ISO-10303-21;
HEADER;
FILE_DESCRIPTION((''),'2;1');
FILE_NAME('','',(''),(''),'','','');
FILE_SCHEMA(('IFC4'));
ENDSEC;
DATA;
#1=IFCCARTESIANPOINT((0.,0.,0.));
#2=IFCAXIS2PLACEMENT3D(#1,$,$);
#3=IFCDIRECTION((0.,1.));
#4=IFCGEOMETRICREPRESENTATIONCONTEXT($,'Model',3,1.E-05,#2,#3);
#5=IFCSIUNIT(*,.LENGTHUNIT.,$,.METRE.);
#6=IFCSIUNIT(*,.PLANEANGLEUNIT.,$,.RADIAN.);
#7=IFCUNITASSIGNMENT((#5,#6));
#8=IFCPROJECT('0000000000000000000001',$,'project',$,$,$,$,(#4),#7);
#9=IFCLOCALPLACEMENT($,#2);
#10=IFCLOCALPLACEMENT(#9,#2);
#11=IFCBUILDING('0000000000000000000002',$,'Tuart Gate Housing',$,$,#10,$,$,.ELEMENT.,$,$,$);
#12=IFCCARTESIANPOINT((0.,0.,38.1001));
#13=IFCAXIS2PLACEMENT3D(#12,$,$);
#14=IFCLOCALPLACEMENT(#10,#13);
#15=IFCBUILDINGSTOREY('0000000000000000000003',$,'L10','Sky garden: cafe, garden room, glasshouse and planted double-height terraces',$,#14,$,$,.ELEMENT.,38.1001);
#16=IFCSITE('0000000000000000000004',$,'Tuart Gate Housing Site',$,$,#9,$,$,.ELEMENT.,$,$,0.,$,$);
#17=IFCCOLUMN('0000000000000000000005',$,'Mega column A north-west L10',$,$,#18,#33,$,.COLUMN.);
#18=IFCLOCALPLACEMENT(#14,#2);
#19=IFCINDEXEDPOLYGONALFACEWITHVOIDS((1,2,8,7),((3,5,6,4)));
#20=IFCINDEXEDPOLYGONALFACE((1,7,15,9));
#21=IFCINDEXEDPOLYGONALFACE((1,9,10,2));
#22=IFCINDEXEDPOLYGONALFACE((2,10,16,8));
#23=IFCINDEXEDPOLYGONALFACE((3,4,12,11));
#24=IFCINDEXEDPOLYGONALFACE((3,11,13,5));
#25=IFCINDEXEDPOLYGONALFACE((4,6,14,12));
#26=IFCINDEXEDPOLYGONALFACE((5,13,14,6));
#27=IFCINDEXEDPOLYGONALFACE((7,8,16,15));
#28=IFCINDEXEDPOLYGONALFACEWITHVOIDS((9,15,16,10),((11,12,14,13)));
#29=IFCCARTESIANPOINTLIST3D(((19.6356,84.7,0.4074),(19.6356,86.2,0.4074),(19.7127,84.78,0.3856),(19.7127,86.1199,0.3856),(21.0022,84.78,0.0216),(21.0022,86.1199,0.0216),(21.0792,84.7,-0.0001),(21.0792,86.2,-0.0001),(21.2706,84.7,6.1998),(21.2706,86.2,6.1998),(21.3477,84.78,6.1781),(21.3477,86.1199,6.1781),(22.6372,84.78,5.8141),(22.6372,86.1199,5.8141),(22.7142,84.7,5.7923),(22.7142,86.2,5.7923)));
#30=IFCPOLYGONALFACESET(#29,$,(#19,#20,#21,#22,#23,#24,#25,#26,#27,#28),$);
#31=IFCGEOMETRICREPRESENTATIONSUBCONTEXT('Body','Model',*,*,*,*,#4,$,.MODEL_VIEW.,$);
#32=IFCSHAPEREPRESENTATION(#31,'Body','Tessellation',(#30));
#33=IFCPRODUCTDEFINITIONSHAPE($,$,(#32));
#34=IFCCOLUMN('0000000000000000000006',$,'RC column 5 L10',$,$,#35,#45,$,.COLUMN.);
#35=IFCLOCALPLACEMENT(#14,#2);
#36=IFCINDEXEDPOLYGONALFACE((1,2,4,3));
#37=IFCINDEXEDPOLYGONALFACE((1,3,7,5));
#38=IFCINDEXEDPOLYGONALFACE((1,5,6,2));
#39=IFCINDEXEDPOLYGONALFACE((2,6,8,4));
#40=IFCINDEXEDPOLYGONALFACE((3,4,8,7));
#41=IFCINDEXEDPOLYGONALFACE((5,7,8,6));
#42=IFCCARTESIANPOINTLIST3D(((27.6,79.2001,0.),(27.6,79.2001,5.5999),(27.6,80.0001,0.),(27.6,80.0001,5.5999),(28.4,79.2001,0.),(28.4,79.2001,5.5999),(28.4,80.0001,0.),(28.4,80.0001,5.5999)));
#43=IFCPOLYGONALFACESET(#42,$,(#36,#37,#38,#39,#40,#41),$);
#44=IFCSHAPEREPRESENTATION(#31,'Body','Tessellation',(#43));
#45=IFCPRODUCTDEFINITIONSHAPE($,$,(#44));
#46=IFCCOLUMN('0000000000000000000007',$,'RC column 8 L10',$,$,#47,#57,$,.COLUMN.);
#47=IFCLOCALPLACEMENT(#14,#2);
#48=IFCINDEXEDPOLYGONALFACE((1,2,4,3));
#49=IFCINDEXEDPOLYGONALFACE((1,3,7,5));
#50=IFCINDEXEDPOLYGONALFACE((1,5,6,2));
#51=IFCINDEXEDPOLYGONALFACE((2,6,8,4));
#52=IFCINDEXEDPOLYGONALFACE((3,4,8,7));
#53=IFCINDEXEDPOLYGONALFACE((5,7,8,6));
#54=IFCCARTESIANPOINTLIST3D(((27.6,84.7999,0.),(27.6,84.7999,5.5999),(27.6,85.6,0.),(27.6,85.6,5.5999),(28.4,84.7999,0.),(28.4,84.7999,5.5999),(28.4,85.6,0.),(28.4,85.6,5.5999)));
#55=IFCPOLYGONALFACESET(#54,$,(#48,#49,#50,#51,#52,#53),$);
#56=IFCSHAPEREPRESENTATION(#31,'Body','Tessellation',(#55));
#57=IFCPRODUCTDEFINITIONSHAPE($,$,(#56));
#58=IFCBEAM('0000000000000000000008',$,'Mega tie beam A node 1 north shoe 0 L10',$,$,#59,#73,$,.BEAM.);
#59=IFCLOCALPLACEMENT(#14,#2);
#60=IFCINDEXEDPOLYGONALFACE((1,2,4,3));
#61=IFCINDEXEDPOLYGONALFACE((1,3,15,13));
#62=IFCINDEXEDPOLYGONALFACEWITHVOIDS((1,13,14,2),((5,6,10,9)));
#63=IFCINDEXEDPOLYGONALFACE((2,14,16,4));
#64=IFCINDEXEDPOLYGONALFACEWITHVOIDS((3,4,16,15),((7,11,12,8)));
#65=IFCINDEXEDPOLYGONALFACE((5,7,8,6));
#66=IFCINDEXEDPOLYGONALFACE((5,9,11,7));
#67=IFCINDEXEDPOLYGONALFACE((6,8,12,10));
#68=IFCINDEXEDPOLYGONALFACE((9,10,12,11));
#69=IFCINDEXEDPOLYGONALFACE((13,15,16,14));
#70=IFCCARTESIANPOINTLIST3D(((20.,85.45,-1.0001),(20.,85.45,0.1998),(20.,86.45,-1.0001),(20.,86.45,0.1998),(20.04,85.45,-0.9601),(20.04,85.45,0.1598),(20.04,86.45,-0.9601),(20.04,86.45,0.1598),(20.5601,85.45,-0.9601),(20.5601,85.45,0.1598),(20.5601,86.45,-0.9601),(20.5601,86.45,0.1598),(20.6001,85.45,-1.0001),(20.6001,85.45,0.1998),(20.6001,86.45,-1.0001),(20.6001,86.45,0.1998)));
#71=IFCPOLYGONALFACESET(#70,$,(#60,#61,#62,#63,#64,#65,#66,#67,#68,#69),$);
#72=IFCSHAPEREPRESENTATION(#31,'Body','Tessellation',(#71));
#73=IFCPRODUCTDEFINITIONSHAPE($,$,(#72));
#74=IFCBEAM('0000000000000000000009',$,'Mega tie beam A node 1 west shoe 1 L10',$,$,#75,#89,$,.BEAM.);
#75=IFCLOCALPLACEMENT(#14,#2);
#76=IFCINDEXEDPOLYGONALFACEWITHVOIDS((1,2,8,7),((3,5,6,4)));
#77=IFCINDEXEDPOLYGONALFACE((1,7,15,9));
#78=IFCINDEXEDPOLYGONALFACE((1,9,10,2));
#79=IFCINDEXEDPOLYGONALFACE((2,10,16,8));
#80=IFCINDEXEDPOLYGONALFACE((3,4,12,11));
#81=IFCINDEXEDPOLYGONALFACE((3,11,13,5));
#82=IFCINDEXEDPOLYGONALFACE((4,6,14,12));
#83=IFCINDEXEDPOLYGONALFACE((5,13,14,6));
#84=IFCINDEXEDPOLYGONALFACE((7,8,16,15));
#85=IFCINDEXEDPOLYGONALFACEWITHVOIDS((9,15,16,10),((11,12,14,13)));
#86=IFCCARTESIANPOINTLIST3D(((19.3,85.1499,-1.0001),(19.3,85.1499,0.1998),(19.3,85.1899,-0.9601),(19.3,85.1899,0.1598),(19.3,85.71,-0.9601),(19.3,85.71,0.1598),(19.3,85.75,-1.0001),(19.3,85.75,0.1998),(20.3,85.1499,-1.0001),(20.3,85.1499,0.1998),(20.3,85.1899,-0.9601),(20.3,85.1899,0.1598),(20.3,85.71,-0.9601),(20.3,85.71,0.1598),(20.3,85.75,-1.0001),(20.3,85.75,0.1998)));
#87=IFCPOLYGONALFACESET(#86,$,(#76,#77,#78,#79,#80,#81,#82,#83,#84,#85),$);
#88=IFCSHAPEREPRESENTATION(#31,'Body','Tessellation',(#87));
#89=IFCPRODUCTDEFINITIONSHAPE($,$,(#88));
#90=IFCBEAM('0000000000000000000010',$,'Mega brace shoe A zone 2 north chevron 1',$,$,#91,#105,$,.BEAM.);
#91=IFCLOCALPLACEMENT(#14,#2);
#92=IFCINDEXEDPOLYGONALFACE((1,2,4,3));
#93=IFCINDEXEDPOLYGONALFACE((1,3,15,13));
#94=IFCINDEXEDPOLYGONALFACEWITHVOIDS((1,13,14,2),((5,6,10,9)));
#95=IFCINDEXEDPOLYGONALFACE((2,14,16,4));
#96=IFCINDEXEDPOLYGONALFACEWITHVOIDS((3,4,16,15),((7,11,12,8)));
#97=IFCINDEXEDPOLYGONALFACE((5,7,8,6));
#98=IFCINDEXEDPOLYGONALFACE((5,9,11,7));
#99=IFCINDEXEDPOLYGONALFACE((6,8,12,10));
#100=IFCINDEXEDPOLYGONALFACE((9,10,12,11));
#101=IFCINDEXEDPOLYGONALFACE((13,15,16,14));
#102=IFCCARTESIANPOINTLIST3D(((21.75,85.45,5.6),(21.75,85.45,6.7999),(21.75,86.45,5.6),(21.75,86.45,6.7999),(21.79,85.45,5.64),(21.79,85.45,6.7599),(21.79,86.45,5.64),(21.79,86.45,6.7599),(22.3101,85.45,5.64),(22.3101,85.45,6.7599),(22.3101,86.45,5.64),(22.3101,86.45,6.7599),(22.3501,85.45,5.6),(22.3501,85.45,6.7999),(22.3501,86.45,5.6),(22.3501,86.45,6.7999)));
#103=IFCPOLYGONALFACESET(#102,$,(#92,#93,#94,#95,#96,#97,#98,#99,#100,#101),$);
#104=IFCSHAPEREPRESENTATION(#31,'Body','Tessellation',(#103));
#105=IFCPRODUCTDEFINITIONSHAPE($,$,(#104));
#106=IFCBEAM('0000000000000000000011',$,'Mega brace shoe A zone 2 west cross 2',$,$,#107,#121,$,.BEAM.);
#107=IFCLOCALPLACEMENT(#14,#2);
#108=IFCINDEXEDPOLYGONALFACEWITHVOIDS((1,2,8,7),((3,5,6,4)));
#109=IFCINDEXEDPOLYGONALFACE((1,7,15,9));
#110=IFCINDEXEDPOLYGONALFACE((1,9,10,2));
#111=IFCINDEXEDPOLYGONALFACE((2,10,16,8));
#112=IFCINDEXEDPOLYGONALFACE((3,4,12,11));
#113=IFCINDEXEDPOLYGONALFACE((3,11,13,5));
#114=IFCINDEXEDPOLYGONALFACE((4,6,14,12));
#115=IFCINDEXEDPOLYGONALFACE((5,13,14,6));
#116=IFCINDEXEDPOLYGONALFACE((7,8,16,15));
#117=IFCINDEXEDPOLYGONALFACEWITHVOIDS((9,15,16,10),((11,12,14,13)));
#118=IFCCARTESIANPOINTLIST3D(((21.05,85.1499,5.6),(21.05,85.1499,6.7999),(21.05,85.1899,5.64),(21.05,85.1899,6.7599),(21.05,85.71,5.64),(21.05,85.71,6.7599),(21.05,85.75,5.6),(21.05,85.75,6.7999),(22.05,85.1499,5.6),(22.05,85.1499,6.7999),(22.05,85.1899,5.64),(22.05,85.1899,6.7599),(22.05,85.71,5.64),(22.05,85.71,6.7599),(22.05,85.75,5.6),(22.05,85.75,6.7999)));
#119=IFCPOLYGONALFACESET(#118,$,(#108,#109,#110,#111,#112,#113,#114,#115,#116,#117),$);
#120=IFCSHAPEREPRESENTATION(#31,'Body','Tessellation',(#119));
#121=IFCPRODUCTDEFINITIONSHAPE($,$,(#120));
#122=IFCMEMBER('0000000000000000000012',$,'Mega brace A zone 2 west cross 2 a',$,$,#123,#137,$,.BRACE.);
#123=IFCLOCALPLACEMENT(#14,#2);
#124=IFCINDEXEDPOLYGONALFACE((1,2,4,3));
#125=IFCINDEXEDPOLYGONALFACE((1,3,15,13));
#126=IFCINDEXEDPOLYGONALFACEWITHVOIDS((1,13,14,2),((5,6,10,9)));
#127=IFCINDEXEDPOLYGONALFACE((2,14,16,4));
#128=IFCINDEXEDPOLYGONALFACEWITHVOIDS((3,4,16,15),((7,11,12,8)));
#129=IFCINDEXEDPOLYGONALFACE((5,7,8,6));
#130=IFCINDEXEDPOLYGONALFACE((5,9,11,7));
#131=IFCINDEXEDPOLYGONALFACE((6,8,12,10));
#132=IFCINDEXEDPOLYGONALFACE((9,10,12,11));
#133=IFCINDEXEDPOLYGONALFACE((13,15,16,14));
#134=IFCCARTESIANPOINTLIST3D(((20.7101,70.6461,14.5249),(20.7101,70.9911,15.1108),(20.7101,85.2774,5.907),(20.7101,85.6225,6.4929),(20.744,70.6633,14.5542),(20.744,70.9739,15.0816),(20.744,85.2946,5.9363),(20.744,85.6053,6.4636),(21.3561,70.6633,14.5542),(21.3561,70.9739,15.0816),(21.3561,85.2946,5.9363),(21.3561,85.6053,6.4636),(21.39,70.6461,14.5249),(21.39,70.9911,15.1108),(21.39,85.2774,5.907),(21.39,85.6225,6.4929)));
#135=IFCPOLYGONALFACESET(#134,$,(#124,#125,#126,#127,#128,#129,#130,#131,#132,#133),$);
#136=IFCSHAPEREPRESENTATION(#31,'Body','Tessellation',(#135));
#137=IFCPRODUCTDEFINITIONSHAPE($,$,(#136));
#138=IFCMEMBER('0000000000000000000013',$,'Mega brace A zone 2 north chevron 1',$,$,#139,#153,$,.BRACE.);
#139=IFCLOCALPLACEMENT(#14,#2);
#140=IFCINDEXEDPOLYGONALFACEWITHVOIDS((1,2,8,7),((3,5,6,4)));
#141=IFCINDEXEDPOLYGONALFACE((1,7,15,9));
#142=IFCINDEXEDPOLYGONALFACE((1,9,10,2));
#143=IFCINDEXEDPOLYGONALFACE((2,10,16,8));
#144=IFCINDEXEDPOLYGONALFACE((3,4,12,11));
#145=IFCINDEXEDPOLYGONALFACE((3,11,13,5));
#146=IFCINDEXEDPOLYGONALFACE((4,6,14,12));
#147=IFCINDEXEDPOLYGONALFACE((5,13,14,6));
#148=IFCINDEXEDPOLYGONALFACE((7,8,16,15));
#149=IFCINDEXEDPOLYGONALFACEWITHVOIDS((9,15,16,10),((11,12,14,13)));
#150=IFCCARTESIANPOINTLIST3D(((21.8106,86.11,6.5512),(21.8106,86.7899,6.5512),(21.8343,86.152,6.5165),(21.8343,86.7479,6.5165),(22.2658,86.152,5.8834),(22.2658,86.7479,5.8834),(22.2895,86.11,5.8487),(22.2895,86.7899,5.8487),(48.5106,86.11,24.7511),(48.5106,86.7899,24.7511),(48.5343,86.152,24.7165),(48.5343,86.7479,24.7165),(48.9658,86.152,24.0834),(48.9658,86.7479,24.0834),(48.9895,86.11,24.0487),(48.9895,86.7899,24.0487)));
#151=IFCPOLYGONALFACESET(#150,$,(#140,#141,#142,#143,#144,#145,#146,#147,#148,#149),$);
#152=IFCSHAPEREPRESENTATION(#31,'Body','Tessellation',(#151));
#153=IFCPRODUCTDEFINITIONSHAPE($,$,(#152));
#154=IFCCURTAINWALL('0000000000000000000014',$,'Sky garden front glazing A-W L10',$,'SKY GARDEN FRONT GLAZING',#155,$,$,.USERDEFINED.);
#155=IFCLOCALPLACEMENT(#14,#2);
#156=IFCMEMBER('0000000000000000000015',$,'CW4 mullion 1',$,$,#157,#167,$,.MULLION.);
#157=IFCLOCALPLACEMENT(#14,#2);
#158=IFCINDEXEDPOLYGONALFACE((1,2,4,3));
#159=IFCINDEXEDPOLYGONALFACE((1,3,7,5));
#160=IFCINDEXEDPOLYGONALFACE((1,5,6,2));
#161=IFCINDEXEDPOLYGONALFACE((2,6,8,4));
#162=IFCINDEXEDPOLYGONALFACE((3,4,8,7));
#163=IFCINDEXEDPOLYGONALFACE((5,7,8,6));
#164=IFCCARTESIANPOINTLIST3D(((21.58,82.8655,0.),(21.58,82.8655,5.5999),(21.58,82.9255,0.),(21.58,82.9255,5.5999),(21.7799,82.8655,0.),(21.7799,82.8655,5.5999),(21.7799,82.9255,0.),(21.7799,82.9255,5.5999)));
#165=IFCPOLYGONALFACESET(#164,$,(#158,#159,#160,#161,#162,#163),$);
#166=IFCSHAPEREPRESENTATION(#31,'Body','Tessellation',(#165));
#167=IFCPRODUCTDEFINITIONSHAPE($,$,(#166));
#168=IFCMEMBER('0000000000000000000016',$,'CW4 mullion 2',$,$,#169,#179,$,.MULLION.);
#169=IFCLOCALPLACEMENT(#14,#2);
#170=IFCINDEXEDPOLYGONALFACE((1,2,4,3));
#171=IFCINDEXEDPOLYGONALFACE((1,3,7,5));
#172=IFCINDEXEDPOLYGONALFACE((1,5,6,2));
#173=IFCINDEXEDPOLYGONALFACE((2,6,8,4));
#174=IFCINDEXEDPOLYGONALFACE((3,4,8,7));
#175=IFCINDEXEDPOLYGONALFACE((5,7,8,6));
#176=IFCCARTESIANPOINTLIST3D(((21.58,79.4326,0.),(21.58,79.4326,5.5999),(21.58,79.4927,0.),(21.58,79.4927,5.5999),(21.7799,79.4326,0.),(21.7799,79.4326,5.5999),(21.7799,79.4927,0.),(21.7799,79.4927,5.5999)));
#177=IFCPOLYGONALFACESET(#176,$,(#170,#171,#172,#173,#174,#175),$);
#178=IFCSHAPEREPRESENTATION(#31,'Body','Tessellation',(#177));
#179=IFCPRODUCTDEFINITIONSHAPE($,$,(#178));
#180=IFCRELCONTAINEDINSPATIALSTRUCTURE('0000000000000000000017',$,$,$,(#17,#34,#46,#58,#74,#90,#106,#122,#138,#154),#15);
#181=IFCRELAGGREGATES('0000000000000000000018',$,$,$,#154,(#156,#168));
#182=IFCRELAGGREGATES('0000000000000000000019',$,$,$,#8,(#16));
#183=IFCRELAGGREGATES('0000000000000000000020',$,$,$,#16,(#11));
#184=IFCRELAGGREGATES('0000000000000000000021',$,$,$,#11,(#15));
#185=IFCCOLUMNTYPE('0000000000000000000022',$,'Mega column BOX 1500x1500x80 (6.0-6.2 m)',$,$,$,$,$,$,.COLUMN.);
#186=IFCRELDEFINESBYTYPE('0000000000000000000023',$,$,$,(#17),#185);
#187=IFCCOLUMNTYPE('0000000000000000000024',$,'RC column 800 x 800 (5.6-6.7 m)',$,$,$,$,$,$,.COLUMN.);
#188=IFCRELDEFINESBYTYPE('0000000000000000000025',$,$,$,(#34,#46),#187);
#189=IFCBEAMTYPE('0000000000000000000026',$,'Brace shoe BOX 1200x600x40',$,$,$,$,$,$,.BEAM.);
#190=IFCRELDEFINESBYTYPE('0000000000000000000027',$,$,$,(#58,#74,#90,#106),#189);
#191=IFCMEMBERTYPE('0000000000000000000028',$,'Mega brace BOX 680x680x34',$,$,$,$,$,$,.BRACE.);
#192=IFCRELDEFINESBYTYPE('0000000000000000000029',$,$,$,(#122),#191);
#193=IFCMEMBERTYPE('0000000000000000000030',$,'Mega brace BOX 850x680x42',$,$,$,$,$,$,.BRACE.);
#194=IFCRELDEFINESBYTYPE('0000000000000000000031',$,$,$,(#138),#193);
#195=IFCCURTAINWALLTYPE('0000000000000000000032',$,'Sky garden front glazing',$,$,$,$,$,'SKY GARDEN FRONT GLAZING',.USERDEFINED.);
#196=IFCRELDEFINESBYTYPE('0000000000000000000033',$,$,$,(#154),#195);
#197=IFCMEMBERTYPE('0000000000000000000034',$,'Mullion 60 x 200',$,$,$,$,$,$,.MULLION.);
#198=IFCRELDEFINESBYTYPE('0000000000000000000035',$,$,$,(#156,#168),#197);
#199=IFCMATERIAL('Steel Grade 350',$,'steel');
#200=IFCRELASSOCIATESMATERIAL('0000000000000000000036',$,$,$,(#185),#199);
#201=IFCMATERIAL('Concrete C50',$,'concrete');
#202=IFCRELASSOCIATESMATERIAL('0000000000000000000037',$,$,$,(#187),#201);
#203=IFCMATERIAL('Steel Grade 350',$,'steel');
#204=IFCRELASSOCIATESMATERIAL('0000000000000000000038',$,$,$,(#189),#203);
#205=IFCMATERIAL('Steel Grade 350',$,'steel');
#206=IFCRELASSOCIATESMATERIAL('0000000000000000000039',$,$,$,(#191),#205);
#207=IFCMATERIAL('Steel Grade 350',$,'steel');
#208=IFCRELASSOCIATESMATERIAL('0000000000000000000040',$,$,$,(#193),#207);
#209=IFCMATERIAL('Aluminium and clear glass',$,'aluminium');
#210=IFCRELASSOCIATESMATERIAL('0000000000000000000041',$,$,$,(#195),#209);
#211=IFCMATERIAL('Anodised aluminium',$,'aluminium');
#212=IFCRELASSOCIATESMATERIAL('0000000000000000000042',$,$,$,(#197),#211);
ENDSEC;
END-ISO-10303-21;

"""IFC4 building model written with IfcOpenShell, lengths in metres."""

from ifc_helpers import new_model, si_unit, direction, frame, origin, origin_2d, place, context, subcontext, project, spatial, rectangle, hollow_rectangle, extrude, material, material_profile, profile_set, type_object, element, aggregate, save


model = new_model("IFC4")

# Units and contexts
model_context = context("Model", 3, precision=1e-05, world=origin(), true_north=direction((0.0, 1.0)))
body_context = subcontext(model_context, "Body", "Model", "MODEL_VIEW")
ifc_project = project(units=[si_unit("LENGTHUNIT", "METRE"), si_unit("PLANEANGLEUNIT", "RADIAN")], contexts=[model_context])

# Site, building, storey
site_placement = place(None, origin())
site = spatial("IfcSite", under=ifc_project, at=site_placement, Name="Tuart Gate Housing Site", CompositionType="ELEMENT", RefElevation=0.0)
building_placement = place(site_placement, origin())
building = spatial("IfcBuilding", under=site, at=building_placement, Name="Tuart Gate Housing", CompositionType="ELEMENT")
storey_placement = place(building_placement, frame((0.0, 0.0, 38.1001)))
storey = spatial("IfcBuildingStorey", under=building, at=storey_placement, Name="L10", Description="Sky garden: cafe, garden room, glasshouse and planted double-height terraces", CompositionType="ELEMENT", Elevation=38.1001)

# Columns
ifc_material_1 = material(Name="Steel Grade 350", Category="steel")
ifc_material_profile_1 = material_profile(ifc_material_1, hollow_rectangle(XDim=1.5, YDim=1.5, WallThickness=0.0801, at=origin_2d()), Name="BOX 1500x1500x80")
ifc_profile_set_1 = profile_set([ifc_material_profile_1], Name="Steel Grade 350")
column_type_1 = type_object("IfcColumnType", Name="Mega column BOX 1500x1500x80 (6.0-6.2 m)", PredefinedType="COLUMN", material=ifc_profile_set_1)
column_placement = place(storey_placement, frame((20.3574, 85.45, 0.2036), z_axis=(0.27165, 0.0, 0.962396), x_axis=(0.0, 1.0, 0.0)))
element("IfcColumn", 1, at=column_placement, inside=storey, type_object=column_type_1, Name="Mega column A north-west L10", PredefinedType="COLUMN", context=body_context, shape_type="SweptSolid", body=[
    extrude(hollow_rectangle(XDim=1.5, YDim=1.5, WallThickness=0.0801, at=origin_2d()), origin(), (0.0, 0.0, 1.0), 6.0188),
])
ifc_material_2 = material(Name="Concrete C50", Category="concrete")
ifc_material_profile_2 = material_profile(ifc_material_2, rectangle(XDim=0.8, YDim=0.8, at=origin_2d()), Name="RC column 800 x 800 (5.6-6.7 m)")
ifc_profile_set_2 = profile_set([ifc_material_profile_2], Name="Concrete C50")
column_type_2 = type_object("IfcColumnType", Name="RC column 800 x 800 (5.6-6.7 m)", PredefinedType="COLUMN", material=ifc_profile_set_2)
for number, where, z_axis, x_axis, name in (
    (2, (28.0, 79.6001, 0.0), (0.0, 0.0, 1.0), (1.0, 0.0, 0.0), "RC column 5 L10"),
    (3, (28.0, 85.2, 0.0), (0.0, 0.0, 1.0), (1.0, 0.0, 0.0), "RC column 8 L10"),
):
    element("IfcColumn", number, at=place(storey_placement, frame(where, z_axis=z_axis, x_axis=x_axis)), inside=storey, type_object=column_type_2, Name=name, PredefinedType="COLUMN", context=body_context, shape_type="SweptSolid", body=[
        extrude(rectangle(XDim=0.8, YDim=0.8, at=origin_2d()), origin(), (0.0, 0.0, 1.0), 5.5999),
    ])

# Beams
ifc_material_3 = material(Name="Steel Grade 350", Category="steel")
ifc_material_profile_3 = material_profile(ifc_material_3, hollow_rectangle(XDim=0.6001, YDim=1.2, WallThickness=0.04, at=origin_2d()), Name="BOX 1200x600x40")
ifc_profile_set_3 = profile_set([ifc_material_profile_3], Name="Steel Grade 350")
beam_type_1 = type_object("IfcBeamType", Name="Brace shoe BOX 1200x600x40", PredefinedType="BEAM", material=ifc_profile_set_3)
for number, where, z_axis, x_axis, name in (
    (4, (20.3, 85.45, -0.4001), (0.0, 1.0, 0.0), (-1.0, 0.0, 0.0), "Mega tie beam A node 1 north shoe 0 L10"),
    (5, (20.3, 85.45, -0.4001), (-1.0, 0.0, 0.0), (0.0, -1.0, 0.0), "Mega tie beam A node 1 west shoe 1 L10"),
    (6, (22.05, 85.45, 6.2), (0.0, 1.0, 0.0), (-1.0, 0.0, 0.0), "Mega brace shoe A zone 2 north chevron 1"),
    (7, (22.05, 85.45, 6.2), (-1.0, 0.0, 0.0), (0.0, -1.0, 0.0), "Mega brace shoe A zone 2 west cross 2"),
):
    element("IfcBeam", number, at=place(storey_placement, frame(where, z_axis=z_axis, x_axis=x_axis)), inside=storey, type_object=beam_type_1, Name=name, PredefinedType="BEAM", context=body_context, shape_type="SweptSolid", body=[
        extrude(hollow_rectangle(XDim=0.6001, YDim=1.2, WallThickness=0.04, at=origin_2d()), origin(), (0.0, 0.0, 1.0), 1.0),
    ])

# Members
ifc_material_4 = material(Name="Steel Grade 350", Category="steel")
ifc_material_profile_4 = material_profile(ifc_material_4, hollow_rectangle(XDim=0.6799, YDim=0.6799, WallThickness=0.0339, at=origin_2d()), Name="BOX 680x680x34")
ifc_profile_set_4 = profile_set([ifc_material_profile_4], Name="Steel Grade 350")
member_type_1 = type_object("IfcMemberType", Name="Mega brace BOX 680x680x34", PredefinedType="BRACE", material=ifc_profile_set_4)
member_1_placement = place(storey_placement, frame((21.05, 85.45, 6.2), z_axis=(0.0, -0.861645, 0.507512), x_axis=(1.0, 0.0, 0.0)))
element("IfcMember", 8, at=member_1_placement, inside=storey, type_object=member_type_1, Name="Mega brace A zone 2 west cross 2 a", PredefinedType="BRACE", context=body_context, shape_type="SweptSolid", body=[
    extrude(hollow_rectangle(XDim=0.6799, YDim=0.6799, WallThickness=0.0339, at=origin_2d()), origin(), (0.0, 0.0, 1.0), 16.9807),
])
ifc_material_5 = material(Name="Steel Grade 350", Category="steel")
ifc_material_profile_5 = material_profile(ifc_material_5, hollow_rectangle(XDim=0.6799, YDim=0.8501, WallThickness=0.042, at=origin_2d()), Name="BOX 850x680x42")
ifc_profile_set_5 = profile_set([ifc_material_profile_5], Name="Steel Grade 350")
member_type_2 = type_object("IfcMemberType", Name="Mega brace BOX 850x680x42", PredefinedType="BRACE", material=ifc_profile_set_5)
member_2_placement = place(storey_placement, frame((22.05, 86.45, 6.2), z_axis=(0.826293, 0.0, 0.56324), x_axis=(0.0, 1.0, 0.0)))
element("IfcMember", 9, at=member_2_placement, inside=storey, type_object=member_type_2, Name="Mega brace A zone 2 north chevron 1", PredefinedType="BRACE", context=body_context, shape_type="SweptSolid", body=[
    extrude(hollow_rectangle(XDim=0.6799, YDim=0.8501, WallThickness=0.042, at=origin_2d()), origin(), (0.0, 0.0, 1.0), 32.313),
])

# Curtain wall, members
ifc_material_6 = material(Name="Aluminium and clear glass", Category="aluminium")
curtain_wall_type = type_object("IfcCurtainWallType", Name="Sky garden front glazing", ElementType="SKY GARDEN FRONT GLAZING", PredefinedType="USERDEFINED", material=ifc_material_6)
curtain_wall_placement = place(storey_placement, origin())
curtain_wall = element("IfcCurtainWall", 10, at=curtain_wall_placement, inside=storey, type_object=curtain_wall_type, Name="Sky garden front glazing A-W L10", ObjectType="SKY GARDEN FRONT GLAZING", PredefinedType="USERDEFINED")
ifc_material_7 = material(Name="Anodised aluminium", Category="aluminium")
ifc_material_profile_6 = material_profile(ifc_material_7, rectangle(XDim=0.0601, YDim=0.2, at=origin_2d()), Name="60x200")
ifc_profile_set_6 = profile_set([ifc_material_profile_6], Name="Anodised aluminium")
member_type_3 = type_object("IfcMemberType", Name="Mullion 60 x 200", PredefinedType="MULLION", material=ifc_profile_set_6)
member_3_placement = place(storey_placement, frame((21.6799, 82.8955, 0.0), z_axis=(0.0, 0.0, 1.0), x_axis=(0.0, -1.0, 0.0)))
member_3 = element("IfcMember", 11, at=member_3_placement, type_object=member_type_3, Name="CW4 mullion 1", PredefinedType="MULLION", context=body_context, shape_type="SweptSolid", body=[
    extrude(rectangle(XDim=0.0601, YDim=0.2, at=origin_2d()), origin(), (0.0, 0.0, 1.0), 5.5999),
])
member_4_placement = place(storey_placement, frame((21.6799, 79.4626, 0.0), z_axis=(0.0, 0.0, 1.0), x_axis=(0.0, -1.0, 0.0)))
member_4 = element("IfcMember", 12, at=member_4_placement, type_object=member_type_3, Name="CW4 mullion 2", PredefinedType="MULLION", context=body_context, shape_type="SweptSolid", body=[
    extrude(rectangle(XDim=0.0601, YDim=0.2, at=origin_2d()), origin(), (0.0, 0.0, 1.0), 5.5999),
])

aggregate(curtain_wall, [member_3, member_4])

save(model, "model.ifc")
